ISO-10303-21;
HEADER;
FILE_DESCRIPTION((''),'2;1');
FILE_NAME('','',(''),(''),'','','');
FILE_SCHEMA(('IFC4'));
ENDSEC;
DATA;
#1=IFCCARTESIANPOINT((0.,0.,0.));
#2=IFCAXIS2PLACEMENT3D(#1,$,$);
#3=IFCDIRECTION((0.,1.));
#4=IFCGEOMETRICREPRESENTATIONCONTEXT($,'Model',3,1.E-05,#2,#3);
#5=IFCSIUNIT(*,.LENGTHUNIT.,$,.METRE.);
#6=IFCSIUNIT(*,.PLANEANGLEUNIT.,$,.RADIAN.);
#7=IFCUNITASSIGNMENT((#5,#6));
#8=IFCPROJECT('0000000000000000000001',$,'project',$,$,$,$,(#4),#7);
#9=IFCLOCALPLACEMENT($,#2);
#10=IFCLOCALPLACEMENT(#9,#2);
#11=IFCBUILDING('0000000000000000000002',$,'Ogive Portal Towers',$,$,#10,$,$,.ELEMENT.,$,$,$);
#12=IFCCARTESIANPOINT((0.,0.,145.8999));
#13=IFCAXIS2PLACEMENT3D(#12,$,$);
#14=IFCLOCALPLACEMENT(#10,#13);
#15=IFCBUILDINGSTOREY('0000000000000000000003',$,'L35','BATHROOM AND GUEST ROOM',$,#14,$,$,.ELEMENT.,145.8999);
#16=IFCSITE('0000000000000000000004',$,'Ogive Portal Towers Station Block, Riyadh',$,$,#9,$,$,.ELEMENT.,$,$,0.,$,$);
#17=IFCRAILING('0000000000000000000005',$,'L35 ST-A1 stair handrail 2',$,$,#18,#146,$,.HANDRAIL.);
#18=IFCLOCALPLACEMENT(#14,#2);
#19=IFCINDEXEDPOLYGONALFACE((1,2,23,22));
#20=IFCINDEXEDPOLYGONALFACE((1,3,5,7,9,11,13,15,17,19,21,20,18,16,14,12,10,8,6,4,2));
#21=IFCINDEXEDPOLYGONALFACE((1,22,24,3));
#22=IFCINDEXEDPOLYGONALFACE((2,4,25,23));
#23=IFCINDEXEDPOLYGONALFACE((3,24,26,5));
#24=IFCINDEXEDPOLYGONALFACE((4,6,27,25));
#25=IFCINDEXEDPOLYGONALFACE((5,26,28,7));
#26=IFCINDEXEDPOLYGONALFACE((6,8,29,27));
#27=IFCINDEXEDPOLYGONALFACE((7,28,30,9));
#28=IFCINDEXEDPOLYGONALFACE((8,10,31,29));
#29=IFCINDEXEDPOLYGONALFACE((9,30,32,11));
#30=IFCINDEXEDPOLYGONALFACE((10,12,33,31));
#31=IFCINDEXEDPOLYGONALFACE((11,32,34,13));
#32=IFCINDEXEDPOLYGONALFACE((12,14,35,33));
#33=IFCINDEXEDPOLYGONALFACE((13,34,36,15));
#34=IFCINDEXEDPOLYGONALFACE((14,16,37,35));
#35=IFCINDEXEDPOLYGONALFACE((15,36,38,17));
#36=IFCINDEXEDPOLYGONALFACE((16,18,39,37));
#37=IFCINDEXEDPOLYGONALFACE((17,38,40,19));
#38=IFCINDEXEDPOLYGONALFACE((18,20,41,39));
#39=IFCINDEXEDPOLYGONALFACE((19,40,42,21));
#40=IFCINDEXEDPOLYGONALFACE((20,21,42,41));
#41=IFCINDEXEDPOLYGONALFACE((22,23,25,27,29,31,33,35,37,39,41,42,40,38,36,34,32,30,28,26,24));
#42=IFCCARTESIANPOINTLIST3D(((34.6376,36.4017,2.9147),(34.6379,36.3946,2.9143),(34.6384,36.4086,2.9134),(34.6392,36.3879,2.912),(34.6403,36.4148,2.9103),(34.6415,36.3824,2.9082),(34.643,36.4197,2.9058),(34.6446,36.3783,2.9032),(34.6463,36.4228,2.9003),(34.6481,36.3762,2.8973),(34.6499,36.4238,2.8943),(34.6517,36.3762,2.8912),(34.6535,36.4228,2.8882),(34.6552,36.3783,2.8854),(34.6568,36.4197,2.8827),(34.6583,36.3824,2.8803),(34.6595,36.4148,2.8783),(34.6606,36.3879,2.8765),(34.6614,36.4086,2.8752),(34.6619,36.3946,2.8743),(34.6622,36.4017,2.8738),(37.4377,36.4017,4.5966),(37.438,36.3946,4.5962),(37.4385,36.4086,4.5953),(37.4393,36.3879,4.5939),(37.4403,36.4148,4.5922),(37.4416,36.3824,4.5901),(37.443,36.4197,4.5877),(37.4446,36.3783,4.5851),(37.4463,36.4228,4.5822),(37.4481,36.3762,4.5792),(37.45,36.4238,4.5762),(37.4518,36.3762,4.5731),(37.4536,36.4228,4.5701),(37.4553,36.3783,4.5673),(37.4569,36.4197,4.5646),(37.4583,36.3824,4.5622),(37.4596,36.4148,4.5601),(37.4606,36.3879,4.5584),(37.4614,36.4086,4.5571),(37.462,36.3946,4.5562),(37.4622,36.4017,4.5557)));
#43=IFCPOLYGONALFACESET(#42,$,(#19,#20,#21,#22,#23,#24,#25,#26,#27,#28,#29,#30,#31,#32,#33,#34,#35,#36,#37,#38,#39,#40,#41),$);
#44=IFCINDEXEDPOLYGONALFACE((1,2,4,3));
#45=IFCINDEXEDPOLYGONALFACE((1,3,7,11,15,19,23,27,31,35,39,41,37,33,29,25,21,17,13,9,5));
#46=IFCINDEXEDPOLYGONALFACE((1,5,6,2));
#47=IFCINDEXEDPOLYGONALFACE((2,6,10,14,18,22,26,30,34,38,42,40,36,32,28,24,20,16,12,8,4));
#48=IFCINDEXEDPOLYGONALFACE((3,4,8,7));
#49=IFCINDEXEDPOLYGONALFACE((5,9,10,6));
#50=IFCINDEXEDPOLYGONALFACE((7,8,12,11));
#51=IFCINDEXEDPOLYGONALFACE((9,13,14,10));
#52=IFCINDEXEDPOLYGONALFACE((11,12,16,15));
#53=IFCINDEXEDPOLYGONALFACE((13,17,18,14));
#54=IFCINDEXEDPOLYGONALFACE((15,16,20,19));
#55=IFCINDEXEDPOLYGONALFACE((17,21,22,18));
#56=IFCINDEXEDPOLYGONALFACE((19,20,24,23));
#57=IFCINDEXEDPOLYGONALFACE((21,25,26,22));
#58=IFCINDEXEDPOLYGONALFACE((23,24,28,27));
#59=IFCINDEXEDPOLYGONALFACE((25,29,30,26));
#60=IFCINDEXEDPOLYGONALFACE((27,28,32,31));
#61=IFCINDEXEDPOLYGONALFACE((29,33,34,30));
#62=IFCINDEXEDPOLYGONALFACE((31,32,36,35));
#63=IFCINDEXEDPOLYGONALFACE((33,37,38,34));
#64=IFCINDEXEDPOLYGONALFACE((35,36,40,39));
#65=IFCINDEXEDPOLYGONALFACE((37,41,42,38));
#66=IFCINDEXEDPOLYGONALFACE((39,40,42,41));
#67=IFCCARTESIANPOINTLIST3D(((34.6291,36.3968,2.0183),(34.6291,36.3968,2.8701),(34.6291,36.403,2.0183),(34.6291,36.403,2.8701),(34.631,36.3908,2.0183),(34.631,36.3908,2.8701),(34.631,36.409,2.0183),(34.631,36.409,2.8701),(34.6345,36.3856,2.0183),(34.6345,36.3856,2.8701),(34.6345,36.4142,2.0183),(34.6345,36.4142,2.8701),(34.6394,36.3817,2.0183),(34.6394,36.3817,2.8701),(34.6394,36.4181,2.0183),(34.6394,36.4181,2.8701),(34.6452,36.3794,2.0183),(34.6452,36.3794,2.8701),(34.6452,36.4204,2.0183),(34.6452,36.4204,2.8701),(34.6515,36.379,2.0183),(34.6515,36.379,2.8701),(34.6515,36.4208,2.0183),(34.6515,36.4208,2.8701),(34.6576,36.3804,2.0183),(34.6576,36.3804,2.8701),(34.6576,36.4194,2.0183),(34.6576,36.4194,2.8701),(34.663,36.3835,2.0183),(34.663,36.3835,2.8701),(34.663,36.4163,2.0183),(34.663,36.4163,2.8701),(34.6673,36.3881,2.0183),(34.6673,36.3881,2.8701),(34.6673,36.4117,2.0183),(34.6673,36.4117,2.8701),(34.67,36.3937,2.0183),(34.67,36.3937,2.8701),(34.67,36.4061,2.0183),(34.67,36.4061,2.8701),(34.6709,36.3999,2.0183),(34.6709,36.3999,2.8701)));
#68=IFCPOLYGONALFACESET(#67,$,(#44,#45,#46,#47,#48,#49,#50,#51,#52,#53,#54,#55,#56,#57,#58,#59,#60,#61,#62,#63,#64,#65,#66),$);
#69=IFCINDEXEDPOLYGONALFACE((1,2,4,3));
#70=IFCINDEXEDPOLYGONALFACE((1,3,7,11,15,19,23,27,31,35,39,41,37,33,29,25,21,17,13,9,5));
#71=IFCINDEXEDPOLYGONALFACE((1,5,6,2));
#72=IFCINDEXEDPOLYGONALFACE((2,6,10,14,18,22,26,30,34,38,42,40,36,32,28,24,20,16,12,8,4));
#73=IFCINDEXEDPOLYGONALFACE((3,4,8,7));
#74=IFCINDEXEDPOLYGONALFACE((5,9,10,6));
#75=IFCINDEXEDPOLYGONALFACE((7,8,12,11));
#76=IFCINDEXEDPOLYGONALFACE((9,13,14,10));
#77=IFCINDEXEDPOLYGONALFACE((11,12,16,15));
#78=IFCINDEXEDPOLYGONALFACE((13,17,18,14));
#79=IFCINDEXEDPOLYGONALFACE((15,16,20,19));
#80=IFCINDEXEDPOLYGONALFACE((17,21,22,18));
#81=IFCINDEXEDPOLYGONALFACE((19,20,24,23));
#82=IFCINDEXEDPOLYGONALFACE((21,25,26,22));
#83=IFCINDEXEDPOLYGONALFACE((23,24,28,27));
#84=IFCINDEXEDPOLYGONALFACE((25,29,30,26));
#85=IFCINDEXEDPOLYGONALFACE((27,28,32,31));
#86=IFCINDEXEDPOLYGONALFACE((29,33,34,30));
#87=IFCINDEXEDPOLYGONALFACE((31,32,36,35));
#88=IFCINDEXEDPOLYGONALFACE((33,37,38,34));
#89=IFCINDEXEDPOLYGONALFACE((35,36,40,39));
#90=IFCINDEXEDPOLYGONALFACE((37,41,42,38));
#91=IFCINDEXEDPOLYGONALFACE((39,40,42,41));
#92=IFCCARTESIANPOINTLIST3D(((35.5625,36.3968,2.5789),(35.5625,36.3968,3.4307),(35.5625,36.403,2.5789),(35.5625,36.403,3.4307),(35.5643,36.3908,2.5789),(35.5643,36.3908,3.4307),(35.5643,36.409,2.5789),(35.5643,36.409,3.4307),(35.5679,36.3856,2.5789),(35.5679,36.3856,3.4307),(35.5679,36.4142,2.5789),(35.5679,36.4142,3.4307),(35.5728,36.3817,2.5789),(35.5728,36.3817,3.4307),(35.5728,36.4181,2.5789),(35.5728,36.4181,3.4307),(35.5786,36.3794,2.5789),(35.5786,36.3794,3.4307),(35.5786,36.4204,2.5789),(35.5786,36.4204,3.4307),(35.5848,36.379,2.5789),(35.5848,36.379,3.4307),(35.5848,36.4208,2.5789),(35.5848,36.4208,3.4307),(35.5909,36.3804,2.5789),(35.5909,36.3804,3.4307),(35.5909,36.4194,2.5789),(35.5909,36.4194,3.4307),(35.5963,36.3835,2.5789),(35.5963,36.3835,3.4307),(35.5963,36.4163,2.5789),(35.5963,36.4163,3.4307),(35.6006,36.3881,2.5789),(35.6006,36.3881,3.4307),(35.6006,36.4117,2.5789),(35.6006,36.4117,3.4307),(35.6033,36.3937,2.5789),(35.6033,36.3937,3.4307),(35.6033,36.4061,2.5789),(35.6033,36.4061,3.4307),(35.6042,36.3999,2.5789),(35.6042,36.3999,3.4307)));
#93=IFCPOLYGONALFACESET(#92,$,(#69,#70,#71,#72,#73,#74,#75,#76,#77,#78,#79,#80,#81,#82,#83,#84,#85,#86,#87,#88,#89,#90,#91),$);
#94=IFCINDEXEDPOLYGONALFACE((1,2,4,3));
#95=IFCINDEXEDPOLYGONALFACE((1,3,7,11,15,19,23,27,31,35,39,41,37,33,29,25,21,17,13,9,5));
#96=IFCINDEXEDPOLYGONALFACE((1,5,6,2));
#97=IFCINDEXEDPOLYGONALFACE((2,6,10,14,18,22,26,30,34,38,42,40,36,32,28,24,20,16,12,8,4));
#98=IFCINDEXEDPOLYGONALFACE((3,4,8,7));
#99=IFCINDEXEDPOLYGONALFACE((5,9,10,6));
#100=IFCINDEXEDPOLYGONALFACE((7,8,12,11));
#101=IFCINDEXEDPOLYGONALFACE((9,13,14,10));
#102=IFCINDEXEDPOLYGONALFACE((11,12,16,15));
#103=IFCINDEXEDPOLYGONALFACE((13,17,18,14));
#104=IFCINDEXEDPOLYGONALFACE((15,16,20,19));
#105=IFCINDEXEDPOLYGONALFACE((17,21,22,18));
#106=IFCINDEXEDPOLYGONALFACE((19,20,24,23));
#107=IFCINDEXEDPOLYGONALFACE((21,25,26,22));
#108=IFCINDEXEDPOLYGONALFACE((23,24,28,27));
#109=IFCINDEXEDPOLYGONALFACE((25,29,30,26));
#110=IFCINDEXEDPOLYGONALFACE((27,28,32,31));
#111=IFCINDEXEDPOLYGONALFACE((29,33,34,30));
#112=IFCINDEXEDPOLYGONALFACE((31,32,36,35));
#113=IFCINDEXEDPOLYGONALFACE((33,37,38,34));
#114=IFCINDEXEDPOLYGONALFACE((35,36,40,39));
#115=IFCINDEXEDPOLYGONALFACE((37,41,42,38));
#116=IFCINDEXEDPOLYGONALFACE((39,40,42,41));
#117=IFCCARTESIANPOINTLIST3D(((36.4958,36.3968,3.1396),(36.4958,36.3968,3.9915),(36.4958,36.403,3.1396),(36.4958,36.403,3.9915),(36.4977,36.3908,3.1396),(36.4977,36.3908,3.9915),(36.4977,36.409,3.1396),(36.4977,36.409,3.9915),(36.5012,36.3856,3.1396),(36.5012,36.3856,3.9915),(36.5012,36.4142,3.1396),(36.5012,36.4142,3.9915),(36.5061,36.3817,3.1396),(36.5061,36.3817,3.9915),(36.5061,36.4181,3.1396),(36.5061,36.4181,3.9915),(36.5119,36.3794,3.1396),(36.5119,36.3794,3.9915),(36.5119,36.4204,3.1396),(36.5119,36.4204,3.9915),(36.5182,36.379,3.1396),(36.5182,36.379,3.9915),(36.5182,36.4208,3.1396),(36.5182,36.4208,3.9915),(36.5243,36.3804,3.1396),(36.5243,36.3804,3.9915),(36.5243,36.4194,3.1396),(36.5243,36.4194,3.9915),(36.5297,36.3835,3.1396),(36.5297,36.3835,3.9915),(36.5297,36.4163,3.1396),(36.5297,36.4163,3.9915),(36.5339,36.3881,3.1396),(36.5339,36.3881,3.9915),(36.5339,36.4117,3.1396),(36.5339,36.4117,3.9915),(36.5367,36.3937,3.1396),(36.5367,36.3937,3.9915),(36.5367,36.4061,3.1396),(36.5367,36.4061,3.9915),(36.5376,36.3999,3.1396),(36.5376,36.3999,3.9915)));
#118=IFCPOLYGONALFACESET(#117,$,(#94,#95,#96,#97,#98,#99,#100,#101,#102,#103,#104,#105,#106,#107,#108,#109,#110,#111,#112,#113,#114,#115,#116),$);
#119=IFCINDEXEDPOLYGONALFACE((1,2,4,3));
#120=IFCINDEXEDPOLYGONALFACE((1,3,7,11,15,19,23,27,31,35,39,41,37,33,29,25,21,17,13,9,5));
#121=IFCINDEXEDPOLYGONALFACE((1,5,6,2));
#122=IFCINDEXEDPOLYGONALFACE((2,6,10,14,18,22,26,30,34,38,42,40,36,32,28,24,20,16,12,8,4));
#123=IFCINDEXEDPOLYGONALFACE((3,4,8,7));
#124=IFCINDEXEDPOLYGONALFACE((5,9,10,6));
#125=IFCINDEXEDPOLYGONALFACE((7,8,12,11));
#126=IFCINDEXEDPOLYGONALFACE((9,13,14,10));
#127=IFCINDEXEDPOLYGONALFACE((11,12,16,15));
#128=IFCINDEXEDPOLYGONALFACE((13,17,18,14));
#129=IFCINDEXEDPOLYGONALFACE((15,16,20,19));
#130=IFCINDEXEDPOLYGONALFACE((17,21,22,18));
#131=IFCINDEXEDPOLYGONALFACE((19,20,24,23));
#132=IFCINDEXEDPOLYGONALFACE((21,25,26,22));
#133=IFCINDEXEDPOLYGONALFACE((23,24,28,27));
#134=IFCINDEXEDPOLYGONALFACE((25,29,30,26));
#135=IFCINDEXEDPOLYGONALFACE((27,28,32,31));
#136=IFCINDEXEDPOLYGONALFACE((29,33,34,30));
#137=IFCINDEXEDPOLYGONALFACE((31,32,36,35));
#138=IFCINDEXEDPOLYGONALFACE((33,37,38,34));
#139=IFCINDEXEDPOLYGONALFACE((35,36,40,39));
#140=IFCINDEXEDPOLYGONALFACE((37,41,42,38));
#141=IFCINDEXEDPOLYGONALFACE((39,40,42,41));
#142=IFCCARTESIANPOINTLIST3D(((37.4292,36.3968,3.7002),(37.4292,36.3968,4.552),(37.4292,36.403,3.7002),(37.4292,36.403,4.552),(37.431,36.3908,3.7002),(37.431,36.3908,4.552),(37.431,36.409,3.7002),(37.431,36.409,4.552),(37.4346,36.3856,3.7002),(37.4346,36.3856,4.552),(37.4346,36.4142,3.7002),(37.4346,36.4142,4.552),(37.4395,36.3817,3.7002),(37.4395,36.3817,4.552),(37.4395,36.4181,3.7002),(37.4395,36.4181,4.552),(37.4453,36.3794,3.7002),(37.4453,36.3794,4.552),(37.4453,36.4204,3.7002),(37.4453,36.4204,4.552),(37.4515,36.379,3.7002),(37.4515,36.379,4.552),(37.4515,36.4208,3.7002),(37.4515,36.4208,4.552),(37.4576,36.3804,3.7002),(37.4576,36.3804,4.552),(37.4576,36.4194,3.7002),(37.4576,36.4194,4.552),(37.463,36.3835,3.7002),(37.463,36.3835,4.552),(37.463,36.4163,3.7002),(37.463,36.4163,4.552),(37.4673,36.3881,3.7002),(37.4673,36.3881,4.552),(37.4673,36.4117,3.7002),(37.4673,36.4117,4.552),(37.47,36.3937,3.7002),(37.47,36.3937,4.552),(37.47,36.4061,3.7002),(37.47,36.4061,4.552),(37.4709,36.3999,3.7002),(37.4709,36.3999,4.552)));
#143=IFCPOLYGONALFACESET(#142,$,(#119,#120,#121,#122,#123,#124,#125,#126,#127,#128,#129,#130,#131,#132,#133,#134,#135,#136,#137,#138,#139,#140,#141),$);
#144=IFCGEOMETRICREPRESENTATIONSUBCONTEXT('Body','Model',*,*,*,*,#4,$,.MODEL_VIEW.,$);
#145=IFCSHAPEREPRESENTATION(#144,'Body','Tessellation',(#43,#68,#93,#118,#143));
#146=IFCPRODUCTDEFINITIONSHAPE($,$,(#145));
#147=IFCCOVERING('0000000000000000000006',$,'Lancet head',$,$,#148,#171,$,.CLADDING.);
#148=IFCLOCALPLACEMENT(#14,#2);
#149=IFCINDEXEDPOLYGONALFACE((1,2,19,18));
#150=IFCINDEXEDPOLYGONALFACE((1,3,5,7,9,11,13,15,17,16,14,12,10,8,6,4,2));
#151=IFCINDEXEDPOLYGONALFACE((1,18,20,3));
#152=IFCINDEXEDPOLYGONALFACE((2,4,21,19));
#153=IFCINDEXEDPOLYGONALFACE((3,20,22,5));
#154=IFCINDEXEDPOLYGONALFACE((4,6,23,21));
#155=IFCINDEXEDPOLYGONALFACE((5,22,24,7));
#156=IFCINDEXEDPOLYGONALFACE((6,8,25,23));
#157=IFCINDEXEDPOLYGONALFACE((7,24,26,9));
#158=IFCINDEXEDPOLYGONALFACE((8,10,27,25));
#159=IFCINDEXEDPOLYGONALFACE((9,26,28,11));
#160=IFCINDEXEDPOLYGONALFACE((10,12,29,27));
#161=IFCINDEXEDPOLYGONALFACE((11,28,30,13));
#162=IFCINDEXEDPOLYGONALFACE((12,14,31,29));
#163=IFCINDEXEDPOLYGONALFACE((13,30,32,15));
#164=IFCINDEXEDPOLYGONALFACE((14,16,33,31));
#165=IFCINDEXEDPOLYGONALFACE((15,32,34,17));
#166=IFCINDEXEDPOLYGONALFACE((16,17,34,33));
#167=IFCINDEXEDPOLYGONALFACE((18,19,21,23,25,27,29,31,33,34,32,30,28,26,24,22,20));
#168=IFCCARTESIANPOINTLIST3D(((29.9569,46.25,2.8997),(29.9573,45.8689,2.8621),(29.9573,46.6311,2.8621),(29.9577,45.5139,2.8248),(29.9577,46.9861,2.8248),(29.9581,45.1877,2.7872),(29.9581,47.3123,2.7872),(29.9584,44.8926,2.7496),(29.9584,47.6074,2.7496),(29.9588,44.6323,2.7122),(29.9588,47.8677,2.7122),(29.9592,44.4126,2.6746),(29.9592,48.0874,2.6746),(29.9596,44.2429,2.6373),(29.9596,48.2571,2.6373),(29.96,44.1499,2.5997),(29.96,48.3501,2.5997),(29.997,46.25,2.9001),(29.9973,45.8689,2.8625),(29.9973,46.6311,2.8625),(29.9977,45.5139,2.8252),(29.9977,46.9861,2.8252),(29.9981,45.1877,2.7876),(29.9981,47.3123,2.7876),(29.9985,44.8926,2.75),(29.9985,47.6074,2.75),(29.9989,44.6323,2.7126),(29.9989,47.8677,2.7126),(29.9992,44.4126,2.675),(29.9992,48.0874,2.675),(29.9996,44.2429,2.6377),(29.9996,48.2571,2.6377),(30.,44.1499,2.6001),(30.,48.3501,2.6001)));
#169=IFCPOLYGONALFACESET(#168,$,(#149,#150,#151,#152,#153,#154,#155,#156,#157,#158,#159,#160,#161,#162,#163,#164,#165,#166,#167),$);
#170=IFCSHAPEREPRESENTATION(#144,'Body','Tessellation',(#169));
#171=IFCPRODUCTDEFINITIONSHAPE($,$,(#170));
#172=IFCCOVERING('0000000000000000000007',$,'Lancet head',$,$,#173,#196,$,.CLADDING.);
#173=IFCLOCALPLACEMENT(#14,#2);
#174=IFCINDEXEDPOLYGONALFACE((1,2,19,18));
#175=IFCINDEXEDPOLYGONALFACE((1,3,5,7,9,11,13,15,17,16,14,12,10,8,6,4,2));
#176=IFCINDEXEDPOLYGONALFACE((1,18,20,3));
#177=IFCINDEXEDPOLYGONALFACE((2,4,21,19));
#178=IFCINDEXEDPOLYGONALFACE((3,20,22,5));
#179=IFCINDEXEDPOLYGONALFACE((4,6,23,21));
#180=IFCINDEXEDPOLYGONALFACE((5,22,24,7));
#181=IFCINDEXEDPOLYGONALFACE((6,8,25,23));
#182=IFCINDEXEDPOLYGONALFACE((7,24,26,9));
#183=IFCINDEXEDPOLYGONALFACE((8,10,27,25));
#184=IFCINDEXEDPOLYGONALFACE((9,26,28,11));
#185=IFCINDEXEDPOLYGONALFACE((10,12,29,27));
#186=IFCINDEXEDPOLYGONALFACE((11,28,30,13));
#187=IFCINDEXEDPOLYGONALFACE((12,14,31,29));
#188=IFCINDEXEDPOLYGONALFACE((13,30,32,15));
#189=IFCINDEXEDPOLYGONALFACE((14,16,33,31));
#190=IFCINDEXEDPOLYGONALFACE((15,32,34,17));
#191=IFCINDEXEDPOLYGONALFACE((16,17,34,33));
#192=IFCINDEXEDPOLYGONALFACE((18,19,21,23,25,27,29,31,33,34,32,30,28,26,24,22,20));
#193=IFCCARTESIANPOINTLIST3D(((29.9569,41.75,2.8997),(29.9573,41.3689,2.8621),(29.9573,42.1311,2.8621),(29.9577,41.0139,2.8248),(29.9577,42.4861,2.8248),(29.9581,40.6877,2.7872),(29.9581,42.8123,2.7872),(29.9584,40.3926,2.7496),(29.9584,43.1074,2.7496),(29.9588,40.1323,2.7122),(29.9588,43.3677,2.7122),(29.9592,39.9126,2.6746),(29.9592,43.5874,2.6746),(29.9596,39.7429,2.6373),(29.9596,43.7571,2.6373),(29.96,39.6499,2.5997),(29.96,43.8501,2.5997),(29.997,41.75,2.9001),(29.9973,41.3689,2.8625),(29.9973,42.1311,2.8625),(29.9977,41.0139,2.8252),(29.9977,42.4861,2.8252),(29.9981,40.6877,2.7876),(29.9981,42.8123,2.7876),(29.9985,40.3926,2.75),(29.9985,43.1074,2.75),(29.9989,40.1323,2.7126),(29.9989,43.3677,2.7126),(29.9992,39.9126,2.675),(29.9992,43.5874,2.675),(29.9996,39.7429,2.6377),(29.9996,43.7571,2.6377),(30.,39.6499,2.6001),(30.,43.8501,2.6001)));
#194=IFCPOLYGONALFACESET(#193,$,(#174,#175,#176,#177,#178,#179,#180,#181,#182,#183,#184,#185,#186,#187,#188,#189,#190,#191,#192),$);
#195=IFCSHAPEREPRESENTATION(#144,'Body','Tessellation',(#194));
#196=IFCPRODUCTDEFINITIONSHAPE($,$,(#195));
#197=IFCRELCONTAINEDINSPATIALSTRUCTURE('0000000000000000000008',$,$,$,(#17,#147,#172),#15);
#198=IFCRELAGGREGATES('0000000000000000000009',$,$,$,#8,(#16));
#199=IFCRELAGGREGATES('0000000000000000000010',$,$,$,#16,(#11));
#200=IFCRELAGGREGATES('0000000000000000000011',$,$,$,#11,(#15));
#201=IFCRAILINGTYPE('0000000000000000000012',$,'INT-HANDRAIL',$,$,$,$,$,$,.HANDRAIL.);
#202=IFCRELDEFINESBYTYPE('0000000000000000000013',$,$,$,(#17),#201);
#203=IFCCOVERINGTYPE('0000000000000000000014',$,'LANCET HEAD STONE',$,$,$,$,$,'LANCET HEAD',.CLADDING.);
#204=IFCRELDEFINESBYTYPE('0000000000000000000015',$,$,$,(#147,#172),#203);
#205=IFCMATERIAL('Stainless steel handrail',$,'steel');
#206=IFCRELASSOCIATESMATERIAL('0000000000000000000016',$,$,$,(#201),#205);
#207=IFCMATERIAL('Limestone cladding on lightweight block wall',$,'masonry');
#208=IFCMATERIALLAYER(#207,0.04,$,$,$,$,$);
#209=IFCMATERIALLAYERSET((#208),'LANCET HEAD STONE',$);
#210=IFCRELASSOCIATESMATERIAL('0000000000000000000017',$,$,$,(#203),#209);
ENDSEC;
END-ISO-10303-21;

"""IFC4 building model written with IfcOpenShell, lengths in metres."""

from ifc_helpers import new_model, si_unit, direction, frame, origin, origin_2d, place, context, subcontext, project, spatial, polyline, circle, outline, extrude, material, layer, layer_set, type_object, element, save


model = new_model("IFC4")

# Units and contexts
model_context = context("Model", 3, precision=1e-05, world=origin(), true_north=direction((0.0, 1.0)))
body_context = subcontext(model_context, "Body", "Model", "MODEL_VIEW")
ifc_project = project(units=[si_unit("LENGTHUNIT", "METRE"), si_unit("PLANEANGLEUNIT", "RADIAN")], contexts=[model_context])

# Site, building, storey
site_placement = place(None, origin())
site = spatial("IfcSite", under=ifc_project, at=site_placement, Name="Ogive Portal Towers Station Block, Riyadh", CompositionType="ELEMENT", RefElevation=0.0)
building_placement = place(site_placement, origin())
building = spatial("IfcBuilding", under=site, at=building_placement, Name="Ogive Portal Towers", CompositionType="ELEMENT")
storey_placement = place(building_placement, frame((0.0, 0.0, 145.8999)))
storey = spatial("IfcBuildingStorey", under=building, at=storey_placement, Name="L35", Description="BATHROOM AND GUEST ROOM", CompositionType="ELEMENT", Elevation=145.8999)

# Shared definitions
ifc_material_1 = material(Name="Limestone cladding on lightweight block wall", Category="masonry")

# Railing
ifc_material_2 = material(Name="Stainless steel handrail", Category="steel")
railing_type_1 = type_object("IfcRailingType", Name="INT-HANDRAIL", PredefinedType="HANDRAIL", material=ifc_material_2)
railing_1_placement = place(storey_placement, frame((34.6499, 36.3999, 2.0183)))
element("IfcRailing", 1, at=railing_1_placement, inside=storey, type_object=railing_type_1, Name="L35 ST-A1 stair handrail 2", PredefinedType="HANDRAIL", context=body_context, shape_type="SweptSolid", body=[
    extrude(circle(Radius=0.0239, at=origin_2d()), frame((0.0, 0.0, 0.876), z_axis=(0.857242, 0.0, 0.514913), x_axis=(0.0, 1.0, 0.0)), (0.0, 0.0, 1.0), 3.2664),
    extrude(circle(Radius=0.021, at=origin_2d()), origin(), (0.0, 0.0, 1.0), 0.8518),
    extrude(circle(Radius=0.021, at=origin_2d()), frame((0.9333, 0.0, 0.5605)), (0.0, 0.0, 1.0), 0.8518),
    extrude(circle(Radius=0.021, at=origin_2d()), frame((1.8667, 0.0, 1.1213)), (0.0, 0.0, 1.0), 0.8518),
    extrude(circle(Radius=0.021, at=origin_2d()), frame((2.8, 0.0, 1.6819)), (0.0, 0.0, 1.0), 0.8518),
])

# Coverings
ifc_layer_1 = layer(ifc_material_1, 0.04)
ifc_layer_set_1 = layer_set([ifc_layer_1], Name="LANCET HEAD STONE")
covering_type_1 = type_object("IfcCoveringType", Name="LANCET HEAD STONE", ElementType="LANCET HEAD", PredefinedType="CLADDING", material=ifc_layer_set_1)
for number, where, z_axis, x_axis, name in (
    (2, (30.0, 48.3501, 2.6001), (0.999949, 0.0, 0.010105), (0.0, -1.0, 0.0), "Lancet head"),
    (3, (30.0, 43.8501, 2.6001), (0.999949, 0.0, 0.010105), (0.0, -1.0, 0.0), "Lancet head"),
):
    element("IfcCovering", number, at=place(storey_placement, frame(where, z_axis=z_axis, x_axis=x_axis)), inside=storey, type_object=covering_type_1, Name=name, PredefinedType="CLADDING", context=body_context, shape_type="SweptSolid", body=[
        extrude(outline(polyline([(0.0, 0.0), (4.2002, 0.0), (4.1072, -0.0376), (3.9375, -0.075), (3.7178, -0.1126), (3.4575, -0.1499), (3.1624, -0.1875), (2.8362, -0.2251), (2.4812, -0.2625), (2.1001, -0.3001), (1.719, -0.2625), (1.364, -0.2251), (1.0378, -0.1875), (0.7427, -0.1499), (0.4824, -0.1126), (0.2627, -0.075), (0.093, -0.0376), (0.0, 0.0)])), origin(), (0.0, 0.0, -1.0), 0.04),
    ])

save(model, "model.ifc")
